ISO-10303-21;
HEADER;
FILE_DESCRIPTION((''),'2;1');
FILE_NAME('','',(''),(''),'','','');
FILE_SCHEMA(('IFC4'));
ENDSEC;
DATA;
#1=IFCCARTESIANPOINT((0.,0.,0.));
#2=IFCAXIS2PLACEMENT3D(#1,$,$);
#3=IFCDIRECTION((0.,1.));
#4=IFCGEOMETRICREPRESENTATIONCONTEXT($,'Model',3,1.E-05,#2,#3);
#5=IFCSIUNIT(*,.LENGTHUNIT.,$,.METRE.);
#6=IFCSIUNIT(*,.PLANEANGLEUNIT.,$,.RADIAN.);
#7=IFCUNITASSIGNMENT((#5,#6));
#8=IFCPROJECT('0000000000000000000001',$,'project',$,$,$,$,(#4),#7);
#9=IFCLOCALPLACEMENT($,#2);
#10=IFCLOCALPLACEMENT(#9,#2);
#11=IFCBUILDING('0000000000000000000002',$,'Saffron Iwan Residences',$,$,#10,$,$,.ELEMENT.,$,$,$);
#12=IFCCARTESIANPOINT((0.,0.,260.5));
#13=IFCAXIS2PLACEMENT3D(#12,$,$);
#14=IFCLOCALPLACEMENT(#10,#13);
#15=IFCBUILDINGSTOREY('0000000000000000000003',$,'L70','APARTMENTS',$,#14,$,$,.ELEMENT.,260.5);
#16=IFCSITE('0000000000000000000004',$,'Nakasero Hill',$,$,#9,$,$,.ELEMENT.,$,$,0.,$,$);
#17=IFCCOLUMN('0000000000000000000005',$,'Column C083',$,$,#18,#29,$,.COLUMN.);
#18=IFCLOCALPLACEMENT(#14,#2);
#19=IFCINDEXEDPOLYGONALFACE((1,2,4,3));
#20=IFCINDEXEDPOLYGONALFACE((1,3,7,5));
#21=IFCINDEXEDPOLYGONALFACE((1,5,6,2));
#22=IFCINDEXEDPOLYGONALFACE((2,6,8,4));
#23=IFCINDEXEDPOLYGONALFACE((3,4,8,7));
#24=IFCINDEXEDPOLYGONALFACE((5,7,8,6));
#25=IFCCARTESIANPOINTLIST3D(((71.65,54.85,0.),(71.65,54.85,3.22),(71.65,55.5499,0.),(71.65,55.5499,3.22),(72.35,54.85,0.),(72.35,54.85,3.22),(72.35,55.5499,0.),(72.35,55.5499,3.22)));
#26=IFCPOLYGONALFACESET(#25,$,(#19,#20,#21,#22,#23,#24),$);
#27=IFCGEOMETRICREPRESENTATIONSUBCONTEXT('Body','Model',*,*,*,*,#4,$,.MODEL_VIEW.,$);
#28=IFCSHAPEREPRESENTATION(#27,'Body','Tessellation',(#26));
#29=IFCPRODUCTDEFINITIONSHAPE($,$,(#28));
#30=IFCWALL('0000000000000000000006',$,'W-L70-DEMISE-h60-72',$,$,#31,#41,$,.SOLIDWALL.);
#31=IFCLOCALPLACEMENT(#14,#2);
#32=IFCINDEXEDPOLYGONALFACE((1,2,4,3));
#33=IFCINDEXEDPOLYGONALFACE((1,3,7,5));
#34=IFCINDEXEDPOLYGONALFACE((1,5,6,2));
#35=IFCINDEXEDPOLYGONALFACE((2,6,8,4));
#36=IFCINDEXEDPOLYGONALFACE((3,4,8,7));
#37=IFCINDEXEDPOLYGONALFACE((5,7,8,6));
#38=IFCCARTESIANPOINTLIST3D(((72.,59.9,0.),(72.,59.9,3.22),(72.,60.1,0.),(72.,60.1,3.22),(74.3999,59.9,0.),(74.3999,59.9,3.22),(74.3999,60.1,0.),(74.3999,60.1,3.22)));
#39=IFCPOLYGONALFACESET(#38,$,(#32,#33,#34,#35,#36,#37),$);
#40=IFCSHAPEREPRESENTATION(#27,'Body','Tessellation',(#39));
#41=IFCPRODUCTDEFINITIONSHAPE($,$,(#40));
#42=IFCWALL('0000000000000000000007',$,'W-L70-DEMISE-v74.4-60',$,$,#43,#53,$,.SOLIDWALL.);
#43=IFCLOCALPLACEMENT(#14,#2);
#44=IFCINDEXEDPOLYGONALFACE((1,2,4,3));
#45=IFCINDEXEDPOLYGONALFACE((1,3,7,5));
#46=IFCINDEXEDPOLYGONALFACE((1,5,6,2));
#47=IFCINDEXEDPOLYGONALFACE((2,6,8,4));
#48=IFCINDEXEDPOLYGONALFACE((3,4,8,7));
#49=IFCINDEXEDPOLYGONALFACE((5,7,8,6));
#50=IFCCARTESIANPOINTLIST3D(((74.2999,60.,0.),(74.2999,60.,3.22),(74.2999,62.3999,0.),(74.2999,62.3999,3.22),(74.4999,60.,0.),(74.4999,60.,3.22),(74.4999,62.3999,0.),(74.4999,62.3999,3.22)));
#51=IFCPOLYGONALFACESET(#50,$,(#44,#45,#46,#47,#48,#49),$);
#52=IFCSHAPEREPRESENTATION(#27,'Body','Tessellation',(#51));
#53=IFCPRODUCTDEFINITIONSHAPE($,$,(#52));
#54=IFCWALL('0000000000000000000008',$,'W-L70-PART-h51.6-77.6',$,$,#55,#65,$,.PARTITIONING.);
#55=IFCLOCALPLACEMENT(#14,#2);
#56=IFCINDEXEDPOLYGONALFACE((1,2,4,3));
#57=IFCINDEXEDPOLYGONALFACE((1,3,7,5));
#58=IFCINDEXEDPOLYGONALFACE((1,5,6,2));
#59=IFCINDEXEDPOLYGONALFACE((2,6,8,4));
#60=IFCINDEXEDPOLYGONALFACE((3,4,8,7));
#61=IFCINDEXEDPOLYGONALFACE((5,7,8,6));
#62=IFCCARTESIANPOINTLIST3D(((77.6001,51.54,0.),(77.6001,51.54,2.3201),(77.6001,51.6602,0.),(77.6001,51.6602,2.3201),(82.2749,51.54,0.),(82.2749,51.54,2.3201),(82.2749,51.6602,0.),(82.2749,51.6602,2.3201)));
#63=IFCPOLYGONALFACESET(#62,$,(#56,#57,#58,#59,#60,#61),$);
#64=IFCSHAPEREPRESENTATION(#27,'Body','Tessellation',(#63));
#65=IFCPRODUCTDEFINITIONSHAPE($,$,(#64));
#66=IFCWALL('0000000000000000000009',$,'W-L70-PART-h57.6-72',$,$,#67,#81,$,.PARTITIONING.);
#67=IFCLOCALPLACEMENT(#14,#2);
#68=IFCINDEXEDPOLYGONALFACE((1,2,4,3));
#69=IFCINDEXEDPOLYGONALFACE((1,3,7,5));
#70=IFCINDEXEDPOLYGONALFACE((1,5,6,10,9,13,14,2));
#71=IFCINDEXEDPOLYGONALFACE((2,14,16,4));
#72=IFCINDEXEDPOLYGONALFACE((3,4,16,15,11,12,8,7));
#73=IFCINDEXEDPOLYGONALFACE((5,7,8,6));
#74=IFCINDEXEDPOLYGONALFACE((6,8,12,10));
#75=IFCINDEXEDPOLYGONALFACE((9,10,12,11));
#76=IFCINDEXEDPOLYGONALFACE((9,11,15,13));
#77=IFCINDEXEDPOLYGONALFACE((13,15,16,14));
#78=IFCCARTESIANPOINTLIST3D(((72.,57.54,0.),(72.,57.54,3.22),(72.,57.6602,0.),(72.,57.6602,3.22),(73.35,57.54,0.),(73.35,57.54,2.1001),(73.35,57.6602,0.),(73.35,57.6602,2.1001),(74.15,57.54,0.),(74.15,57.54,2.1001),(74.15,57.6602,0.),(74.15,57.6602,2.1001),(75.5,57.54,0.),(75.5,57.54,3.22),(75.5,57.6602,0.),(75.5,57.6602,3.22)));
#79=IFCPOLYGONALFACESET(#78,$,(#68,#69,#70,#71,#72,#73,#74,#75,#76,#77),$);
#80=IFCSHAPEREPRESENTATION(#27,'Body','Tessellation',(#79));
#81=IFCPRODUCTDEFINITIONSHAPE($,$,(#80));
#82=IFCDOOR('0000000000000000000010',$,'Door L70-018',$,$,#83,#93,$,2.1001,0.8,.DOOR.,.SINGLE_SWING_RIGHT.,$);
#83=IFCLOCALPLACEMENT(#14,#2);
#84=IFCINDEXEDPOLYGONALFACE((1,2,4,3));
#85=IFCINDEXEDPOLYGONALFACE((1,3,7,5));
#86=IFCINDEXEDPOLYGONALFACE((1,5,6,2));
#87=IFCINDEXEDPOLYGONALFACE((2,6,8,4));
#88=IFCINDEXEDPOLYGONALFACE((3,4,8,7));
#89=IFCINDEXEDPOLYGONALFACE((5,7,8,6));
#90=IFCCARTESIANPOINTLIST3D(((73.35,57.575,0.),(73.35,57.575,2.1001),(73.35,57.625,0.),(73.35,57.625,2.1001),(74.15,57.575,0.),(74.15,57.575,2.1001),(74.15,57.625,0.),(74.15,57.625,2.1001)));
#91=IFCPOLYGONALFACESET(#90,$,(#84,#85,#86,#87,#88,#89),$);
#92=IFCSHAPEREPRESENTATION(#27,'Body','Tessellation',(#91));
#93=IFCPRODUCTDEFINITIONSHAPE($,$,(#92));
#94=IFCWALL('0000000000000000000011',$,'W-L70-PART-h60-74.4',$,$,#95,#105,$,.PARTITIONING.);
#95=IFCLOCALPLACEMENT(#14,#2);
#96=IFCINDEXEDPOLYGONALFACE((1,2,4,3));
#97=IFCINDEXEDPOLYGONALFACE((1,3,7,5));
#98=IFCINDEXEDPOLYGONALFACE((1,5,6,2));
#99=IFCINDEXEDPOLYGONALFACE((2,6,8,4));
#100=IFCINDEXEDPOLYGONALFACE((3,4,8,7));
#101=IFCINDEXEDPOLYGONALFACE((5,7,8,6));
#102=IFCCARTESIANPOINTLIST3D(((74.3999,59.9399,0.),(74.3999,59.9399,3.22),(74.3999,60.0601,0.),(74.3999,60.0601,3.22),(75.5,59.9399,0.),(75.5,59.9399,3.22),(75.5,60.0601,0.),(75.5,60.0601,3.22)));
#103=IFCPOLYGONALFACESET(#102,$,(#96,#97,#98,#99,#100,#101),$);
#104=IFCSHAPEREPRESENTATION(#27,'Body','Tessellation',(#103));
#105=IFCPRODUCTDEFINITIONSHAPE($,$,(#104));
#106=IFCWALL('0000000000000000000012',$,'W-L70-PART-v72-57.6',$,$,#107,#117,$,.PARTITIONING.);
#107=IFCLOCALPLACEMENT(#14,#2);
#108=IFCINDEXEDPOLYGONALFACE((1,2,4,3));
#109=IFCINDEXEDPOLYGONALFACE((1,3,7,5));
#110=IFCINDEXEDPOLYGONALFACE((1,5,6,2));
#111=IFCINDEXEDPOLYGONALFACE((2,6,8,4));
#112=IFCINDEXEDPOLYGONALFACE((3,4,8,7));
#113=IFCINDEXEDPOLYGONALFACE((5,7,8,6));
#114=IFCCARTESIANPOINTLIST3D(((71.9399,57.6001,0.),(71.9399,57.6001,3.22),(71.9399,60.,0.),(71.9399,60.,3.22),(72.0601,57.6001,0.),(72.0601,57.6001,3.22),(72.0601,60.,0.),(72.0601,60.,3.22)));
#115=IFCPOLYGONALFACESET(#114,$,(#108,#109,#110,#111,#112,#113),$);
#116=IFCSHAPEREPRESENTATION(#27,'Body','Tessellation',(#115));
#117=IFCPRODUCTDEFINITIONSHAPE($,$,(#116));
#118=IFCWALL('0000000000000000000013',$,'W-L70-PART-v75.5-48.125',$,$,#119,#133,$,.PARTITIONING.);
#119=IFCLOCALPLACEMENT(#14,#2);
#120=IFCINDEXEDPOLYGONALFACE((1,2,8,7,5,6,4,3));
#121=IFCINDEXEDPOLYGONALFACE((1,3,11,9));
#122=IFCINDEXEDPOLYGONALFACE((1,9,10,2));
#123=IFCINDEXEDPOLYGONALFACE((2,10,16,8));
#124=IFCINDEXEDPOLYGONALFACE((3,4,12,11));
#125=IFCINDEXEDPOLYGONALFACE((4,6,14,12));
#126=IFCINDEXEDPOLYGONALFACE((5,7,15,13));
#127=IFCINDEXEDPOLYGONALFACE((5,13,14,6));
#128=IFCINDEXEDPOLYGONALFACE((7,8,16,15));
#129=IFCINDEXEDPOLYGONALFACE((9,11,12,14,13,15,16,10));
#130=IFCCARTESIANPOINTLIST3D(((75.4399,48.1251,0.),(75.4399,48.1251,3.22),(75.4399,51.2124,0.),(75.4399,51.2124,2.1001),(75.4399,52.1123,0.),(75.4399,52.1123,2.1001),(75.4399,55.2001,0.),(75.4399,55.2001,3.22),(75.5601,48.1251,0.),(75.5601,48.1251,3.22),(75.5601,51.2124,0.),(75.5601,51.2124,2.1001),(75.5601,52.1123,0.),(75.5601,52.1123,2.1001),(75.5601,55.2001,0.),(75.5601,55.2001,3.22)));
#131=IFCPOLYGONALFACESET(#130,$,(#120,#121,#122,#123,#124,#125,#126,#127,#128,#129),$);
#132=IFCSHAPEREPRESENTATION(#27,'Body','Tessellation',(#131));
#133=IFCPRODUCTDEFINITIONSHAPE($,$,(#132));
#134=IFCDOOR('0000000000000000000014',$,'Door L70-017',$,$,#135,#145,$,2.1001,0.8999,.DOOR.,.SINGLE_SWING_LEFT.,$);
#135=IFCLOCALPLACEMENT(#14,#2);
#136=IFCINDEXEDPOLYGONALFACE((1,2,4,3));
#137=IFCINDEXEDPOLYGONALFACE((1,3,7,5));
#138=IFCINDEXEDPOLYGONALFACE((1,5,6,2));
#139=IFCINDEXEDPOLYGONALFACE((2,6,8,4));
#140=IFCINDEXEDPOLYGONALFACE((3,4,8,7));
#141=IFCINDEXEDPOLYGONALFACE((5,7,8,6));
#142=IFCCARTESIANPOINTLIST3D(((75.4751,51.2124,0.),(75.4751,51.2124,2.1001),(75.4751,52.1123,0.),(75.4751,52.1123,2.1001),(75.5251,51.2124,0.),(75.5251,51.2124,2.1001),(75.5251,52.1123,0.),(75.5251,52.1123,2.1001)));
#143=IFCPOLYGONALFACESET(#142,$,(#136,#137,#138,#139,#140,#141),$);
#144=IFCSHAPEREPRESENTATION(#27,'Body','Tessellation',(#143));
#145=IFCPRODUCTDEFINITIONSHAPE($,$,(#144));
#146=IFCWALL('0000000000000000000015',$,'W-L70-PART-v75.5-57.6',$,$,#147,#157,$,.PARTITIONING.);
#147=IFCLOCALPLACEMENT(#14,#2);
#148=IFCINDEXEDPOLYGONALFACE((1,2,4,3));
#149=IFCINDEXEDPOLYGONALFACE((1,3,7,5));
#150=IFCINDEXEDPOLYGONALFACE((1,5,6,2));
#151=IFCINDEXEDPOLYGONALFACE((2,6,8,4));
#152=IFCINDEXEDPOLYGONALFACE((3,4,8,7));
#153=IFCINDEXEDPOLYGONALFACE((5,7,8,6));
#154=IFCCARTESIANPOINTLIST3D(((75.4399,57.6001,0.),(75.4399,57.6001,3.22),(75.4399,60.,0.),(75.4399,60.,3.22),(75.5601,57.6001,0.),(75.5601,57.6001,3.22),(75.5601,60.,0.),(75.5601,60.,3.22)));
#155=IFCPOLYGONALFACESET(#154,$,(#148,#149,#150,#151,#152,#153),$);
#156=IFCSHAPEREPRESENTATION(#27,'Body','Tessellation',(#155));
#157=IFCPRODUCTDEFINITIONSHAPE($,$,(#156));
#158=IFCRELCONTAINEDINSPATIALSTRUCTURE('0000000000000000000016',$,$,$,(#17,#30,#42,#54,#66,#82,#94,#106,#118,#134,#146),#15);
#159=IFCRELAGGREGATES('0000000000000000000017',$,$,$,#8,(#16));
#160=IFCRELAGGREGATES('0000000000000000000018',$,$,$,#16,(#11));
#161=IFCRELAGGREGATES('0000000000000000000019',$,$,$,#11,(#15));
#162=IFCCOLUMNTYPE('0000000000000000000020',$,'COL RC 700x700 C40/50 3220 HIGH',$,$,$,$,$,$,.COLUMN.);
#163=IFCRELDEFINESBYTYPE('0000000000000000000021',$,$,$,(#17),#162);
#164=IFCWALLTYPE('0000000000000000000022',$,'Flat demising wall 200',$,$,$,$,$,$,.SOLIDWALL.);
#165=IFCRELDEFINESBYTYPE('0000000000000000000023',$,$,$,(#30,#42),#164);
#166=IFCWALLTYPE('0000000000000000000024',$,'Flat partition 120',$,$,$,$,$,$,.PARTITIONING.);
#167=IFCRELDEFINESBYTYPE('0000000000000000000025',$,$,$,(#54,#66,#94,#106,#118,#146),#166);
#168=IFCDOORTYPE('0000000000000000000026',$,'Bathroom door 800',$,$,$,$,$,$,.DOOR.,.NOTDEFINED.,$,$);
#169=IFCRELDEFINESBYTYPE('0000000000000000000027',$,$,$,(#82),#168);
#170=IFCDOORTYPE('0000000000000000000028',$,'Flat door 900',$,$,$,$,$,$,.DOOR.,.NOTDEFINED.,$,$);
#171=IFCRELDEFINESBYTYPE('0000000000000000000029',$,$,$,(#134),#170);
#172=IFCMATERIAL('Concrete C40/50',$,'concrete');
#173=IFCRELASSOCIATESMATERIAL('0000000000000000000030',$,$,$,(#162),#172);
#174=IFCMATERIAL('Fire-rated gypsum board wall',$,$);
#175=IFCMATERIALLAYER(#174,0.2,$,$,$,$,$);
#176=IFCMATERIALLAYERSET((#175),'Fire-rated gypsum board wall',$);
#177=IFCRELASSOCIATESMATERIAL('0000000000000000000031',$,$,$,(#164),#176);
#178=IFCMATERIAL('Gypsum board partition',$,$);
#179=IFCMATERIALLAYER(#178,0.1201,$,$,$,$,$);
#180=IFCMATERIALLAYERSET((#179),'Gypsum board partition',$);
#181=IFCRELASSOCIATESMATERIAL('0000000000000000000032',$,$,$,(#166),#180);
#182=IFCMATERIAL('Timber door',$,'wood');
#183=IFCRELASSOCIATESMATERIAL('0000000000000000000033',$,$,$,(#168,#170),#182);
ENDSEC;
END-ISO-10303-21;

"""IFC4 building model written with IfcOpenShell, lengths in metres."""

from ifc_helpers import new_model, si_unit, direction, frame, frame_2d, origin, origin_2d, place, context, subcontext, project, spatial, rectangle, extrude, source, transform, mapped, material, layer, layer_set, material_profile, profile_set, type_object, element, fill, save


model = new_model("IFC4")

# Units and contexts
model_context = context("Model", 3, precision=1e-05, world=origin(), true_north=direction((0.0, 1.0)))
body_context = subcontext(model_context, "Body", "Model", "MODEL_VIEW")
ifc_project = project(units=[si_unit("LENGTHUNIT", "METRE"), si_unit("PLANEANGLEUNIT", "RADIAN")], contexts=[model_context])

# Site, building, storey
site_placement = place(None, origin())
site = spatial("IfcSite", under=ifc_project, at=site_placement, Name="Nakasero Hill", CompositionType="ELEMENT", RefElevation=0.0)
building_placement = place(site_placement, origin())
building = spatial("IfcBuilding", under=site, at=building_placement, Name="Saffron Iwan Residences", CompositionType="ELEMENT")
storey_placement = place(building_placement, frame((0.0, 0.0, 260.5)))
storey = spatial("IfcBuildingStorey", under=building, at=storey_placement, Name="L70", Description="APARTMENTS", CompositionType="ELEMENT", Elevation=260.5)

# Column
ifc_material_1 = material(Name="Concrete C40/50", Category="concrete")
ifc_material_profile = material_profile(ifc_material_1, rectangle(XDim=0.7, YDim=0.7, at=origin_2d()), Name="RC 700x700")
ifc_profile_set = profile_set([ifc_material_profile], Name="Concrete C40/50")
column_type = type_object("IfcColumnType", Name="COL RC 700x700 C40/50 3220 HIGH", PredefinedType="COLUMN", material=ifc_profile_set)
shared_shape = source(origin(), body_context, "Body", "SweptSolid", [
    extrude(rectangle(XDim=0.7, YDim=0.7, at=origin_2d()), origin(), (0.0, 0.0, 1.0), 3.22),
])
column_placement = place(storey_placement, frame((72.0, 55.2, 0.0), z_axis=(0.0, 0.0, 1.0), x_axis=(1.0, 0.0, 0.0)))
element("IfcColumn", 1, at=column_placement, inside=storey, type_object=column_type, Name="Column C083", PredefinedType="COLUMN", context=body_context, shape_type="MappedRepresentation", body=[
    mapped(shared_shape, transform((0.0, 0.0, 0.0))),
])

# Walls
ifc_material_2 = material(Name="Fire-rated gypsum board wall")
ifc_layer_1 = layer(ifc_material_2, 0.2)
ifc_layer_set_1 = layer_set([ifc_layer_1], Name="Fire-rated gypsum board wall")
wall_type_1 = type_object("IfcWallType", Name="Flat demising wall 200", PredefinedType="SOLIDWALL", material=ifc_layer_set_1)
for number, where, z_axis, x_axis, name in (
    (2, (72.0, 60.0, 0.0), (0.0, 0.0, 1.0), (1.0, 0.0, 0.0), "W-L70-DEMISE-h60-72"),
    (3, (74.3999, 60.0, 0.0), (0.0, 0.0, 1.0), (0.0, 1.0, 0.0), "W-L70-DEMISE-v74.4-60"),
):
    element("IfcWall", number, at=place(storey_placement, frame(where, z_axis=z_axis, x_axis=x_axis)), inside=storey, type_object=wall_type_1, Name=name, PredefinedType="SOLIDWALL", context=body_context, shape_type="SweptSolid", body=[
        extrude(rectangle(XDim=2.3999, YDim=0.2, at=frame_2d((1.2, 0.0))), origin(), (0.0, 0.0, 1.0), 3.22),
    ])
ifc_material_3 = material(Name="Gypsum board partition")
ifc_layer_2 = layer(ifc_material_3, 0.1201)
ifc_layer_set_2 = layer_set([ifc_layer_2], Name="Gypsum board partition")
wall_type_2 = type_object("IfcWallType", Name="Flat partition 120", PredefinedType="PARTITIONING", material=ifc_layer_set_2)
wall_1_placement = place(storey_placement, frame((77.6001, 51.6001, 0.0), z_axis=(0.0, 0.0, 1.0), x_axis=(1.0, 0.0, 0.0)))
element("IfcWall", 4, at=wall_1_placement, inside=storey, type_object=wall_type_2, Name="W-L70-PART-h51.6-77.6", PredefinedType="PARTITIONING", context=body_context, shape_type="SweptSolid", body=[
    extrude(rectangle(XDim=4.6748, YDim=0.1201, at=frame_2d((2.3374, 0.0))), origin(), (0.0, 0.0, 1.0), 2.3201),
])

# Wall, opening, door
wall_2_placement = place(storey_placement, frame((72.0, 57.6001, 0.0), z_axis=(0.0, 0.0, 1.0), x_axis=(1.0, 0.0, 0.0)))
wall_2 = element("IfcWall", 5, at=wall_2_placement, inside=storey, type_object=wall_type_2, Name="W-L70-PART-h57.6-72", PredefinedType="PARTITIONING", context=body_context, shape_type="SweptSolid", body=[
    extrude(rectangle(XDim=3.5, YDim=0.1201, at=frame_2d((1.75, 0.0))), origin(), (0.0, 0.0, 1.0), 3.22),
])
opening_1_placement = place(wall_2_placement, frame((1.3501, 0.0, 0.0)))
opening_1 = element("IfcOpeningElement", 6, at=opening_1_placement, cuts=wall_2, PredefinedType="OPENING", context=body_context, shape_type="SweptSolid", body=[
    extrude(rectangle(XDim=0.8, YDim=2.1001, at=frame_2d((0.3999, 1.05))), frame((0.0, 0.0701, 0.0), z_axis=(0.0, -1.0, 0.0), x_axis=(1.0, 0.0, 0.0)), (0.0, 0.0, 1.0), 0.1401),
])
ifc_material_4 = material(Name="Timber door", Category="wood")
door_type_1 = type_object("IfcDoorType", Name="Bathroom door 800", OperationType="NOTDEFINED", PredefinedType="DOOR", material=ifc_material_4)
door_1_placement = place(opening_1_placement, origin())
door_1 = element("IfcDoor", 7, at=door_1_placement, inside=storey, type_object=door_type_1, Name="Door L70-018", OperationType="SINGLE_SWING_RIGHT", OverallHeight=2.1001, OverallWidth=0.8, PredefinedType="DOOR", context=body_context, shape_type="SweptSolid", body=[
    extrude(rectangle(XDim=0.8, YDim=2.1001, at=frame_2d((0.3999, 1.05))), frame((0.0, 0.0249, 0.0), z_axis=(0.0, -1.0, 0.0), x_axis=(1.0, 0.0, 0.0)), (0.0, 0.0, 1.0), 0.05),
])
fill(opening_1, door_1)

# Walls
wall_3_placement = place(storey_placement, frame((74.3999, 60.0, 0.0), z_axis=(0.0, 0.0, 1.0), x_axis=(1.0, 0.0, 0.0)))
element("IfcWall", 8, at=wall_3_placement, inside=storey, type_object=wall_type_2, Name="W-L70-PART-h60-74.4", PredefinedType="PARTITIONING", context=body_context, shape_type="SweptSolid", body=[
    extrude(rectangle(XDim=1.1001, YDim=0.1201, at=frame_2d((0.55, 0.0))), origin(), (0.0, 0.0, 1.0), 3.22),
])
wall_4_placement = place(storey_placement, frame((72.0, 57.6001, 0.0), z_axis=(0.0, 0.0, 1.0), x_axis=(0.0, 1.0, 0.0)))
element("IfcWall", 9, at=wall_4_placement, inside=storey, type_object=wall_type_2, Name="W-L70-PART-v72-57.6", PredefinedType="PARTITIONING", context=body_context, shape_type="SweptSolid", body=[
    extrude(rectangle(XDim=2.3999, YDim=0.1201, at=frame_2d((1.2, 0.0))), origin(), (0.0, 0.0, 1.0), 3.22),
])

# Wall, opening, door
wall_5_placement = place(storey_placement, frame((75.5, 48.125, 0.0), z_axis=(0.0, 0.0, 1.0), x_axis=(0.0, 1.0, 0.0)))
wall_5 = element("IfcWall", 10, at=wall_5_placement, inside=storey, type_object=wall_type_2, Name="W-L70-PART-v75.5-48.125", PredefinedType="PARTITIONING", context=body_context, shape_type="SweptSolid", body=[
    extrude(rectangle(XDim=7.075, YDim=0.1201, at=frame_2d((3.5376, 0.0))), origin(), (0.0, 0.0, 1.0), 3.22),
])
opening_2_placement = place(wall_5_placement, frame((3.0874, 0.0, 0.0)))
opening_2 = element("IfcOpeningElement", 11, at=opening_2_placement, cuts=wall_5, PredefinedType="OPENING", context=body_context, shape_type="SweptSolid", body=[
    extrude(rectangle(XDim=0.8999, YDim=2.1001, at=frame_2d((0.45, 1.05))), frame((0.0, 0.0701, 0.0), z_axis=(0.0, -1.0, 0.0), x_axis=(1.0, 0.0, 0.0)), (0.0, 0.0, 1.0), 0.1401),
])
door_type_2 = type_object("IfcDoorType", Name="Flat door 900", OperationType="NOTDEFINED", PredefinedType="DOOR", material=ifc_material_4)
door_2_placement = place(opening_2_placement, origin())
door_2 = element("IfcDoor", 12, at=door_2_placement, inside=storey, type_object=door_type_2, Name="Door L70-017", OperationType="SINGLE_SWING_LEFT", OverallHeight=2.1001, OverallWidth=0.8999, PredefinedType="DOOR", context=body_context, shape_type="SweptSolid", body=[
    extrude(rectangle(XDim=0.8999, YDim=2.1001, at=frame_2d((0.45, 1.05))), frame((0.0, 0.0249, 0.0), z_axis=(0.0, -1.0, 0.0), x_axis=(1.0, 0.0, 0.0)), (0.0, 0.0, 1.0), 0.05),
])
fill(opening_2, door_2)

# Wall
wall_6_placement = place(storey_placement, frame((75.5, 57.6001, 0.0), z_axis=(0.0, 0.0, 1.0), x_axis=(0.0, 1.0, 0.0)))
element("IfcWall", 13, at=wall_6_placement, inside=storey, type_object=wall_type_2, Name="W-L70-PART-v75.5-57.6", PredefinedType="PARTITIONING", context=body_context, shape_type="SweptSolid", body=[
    extrude(rectangle(XDim=2.3999, YDim=0.1201, at=frame_2d((1.2, 0.0))), origin(), (0.0, 0.0, 1.0), 3.22),
])

save(model, "model.ifc")
